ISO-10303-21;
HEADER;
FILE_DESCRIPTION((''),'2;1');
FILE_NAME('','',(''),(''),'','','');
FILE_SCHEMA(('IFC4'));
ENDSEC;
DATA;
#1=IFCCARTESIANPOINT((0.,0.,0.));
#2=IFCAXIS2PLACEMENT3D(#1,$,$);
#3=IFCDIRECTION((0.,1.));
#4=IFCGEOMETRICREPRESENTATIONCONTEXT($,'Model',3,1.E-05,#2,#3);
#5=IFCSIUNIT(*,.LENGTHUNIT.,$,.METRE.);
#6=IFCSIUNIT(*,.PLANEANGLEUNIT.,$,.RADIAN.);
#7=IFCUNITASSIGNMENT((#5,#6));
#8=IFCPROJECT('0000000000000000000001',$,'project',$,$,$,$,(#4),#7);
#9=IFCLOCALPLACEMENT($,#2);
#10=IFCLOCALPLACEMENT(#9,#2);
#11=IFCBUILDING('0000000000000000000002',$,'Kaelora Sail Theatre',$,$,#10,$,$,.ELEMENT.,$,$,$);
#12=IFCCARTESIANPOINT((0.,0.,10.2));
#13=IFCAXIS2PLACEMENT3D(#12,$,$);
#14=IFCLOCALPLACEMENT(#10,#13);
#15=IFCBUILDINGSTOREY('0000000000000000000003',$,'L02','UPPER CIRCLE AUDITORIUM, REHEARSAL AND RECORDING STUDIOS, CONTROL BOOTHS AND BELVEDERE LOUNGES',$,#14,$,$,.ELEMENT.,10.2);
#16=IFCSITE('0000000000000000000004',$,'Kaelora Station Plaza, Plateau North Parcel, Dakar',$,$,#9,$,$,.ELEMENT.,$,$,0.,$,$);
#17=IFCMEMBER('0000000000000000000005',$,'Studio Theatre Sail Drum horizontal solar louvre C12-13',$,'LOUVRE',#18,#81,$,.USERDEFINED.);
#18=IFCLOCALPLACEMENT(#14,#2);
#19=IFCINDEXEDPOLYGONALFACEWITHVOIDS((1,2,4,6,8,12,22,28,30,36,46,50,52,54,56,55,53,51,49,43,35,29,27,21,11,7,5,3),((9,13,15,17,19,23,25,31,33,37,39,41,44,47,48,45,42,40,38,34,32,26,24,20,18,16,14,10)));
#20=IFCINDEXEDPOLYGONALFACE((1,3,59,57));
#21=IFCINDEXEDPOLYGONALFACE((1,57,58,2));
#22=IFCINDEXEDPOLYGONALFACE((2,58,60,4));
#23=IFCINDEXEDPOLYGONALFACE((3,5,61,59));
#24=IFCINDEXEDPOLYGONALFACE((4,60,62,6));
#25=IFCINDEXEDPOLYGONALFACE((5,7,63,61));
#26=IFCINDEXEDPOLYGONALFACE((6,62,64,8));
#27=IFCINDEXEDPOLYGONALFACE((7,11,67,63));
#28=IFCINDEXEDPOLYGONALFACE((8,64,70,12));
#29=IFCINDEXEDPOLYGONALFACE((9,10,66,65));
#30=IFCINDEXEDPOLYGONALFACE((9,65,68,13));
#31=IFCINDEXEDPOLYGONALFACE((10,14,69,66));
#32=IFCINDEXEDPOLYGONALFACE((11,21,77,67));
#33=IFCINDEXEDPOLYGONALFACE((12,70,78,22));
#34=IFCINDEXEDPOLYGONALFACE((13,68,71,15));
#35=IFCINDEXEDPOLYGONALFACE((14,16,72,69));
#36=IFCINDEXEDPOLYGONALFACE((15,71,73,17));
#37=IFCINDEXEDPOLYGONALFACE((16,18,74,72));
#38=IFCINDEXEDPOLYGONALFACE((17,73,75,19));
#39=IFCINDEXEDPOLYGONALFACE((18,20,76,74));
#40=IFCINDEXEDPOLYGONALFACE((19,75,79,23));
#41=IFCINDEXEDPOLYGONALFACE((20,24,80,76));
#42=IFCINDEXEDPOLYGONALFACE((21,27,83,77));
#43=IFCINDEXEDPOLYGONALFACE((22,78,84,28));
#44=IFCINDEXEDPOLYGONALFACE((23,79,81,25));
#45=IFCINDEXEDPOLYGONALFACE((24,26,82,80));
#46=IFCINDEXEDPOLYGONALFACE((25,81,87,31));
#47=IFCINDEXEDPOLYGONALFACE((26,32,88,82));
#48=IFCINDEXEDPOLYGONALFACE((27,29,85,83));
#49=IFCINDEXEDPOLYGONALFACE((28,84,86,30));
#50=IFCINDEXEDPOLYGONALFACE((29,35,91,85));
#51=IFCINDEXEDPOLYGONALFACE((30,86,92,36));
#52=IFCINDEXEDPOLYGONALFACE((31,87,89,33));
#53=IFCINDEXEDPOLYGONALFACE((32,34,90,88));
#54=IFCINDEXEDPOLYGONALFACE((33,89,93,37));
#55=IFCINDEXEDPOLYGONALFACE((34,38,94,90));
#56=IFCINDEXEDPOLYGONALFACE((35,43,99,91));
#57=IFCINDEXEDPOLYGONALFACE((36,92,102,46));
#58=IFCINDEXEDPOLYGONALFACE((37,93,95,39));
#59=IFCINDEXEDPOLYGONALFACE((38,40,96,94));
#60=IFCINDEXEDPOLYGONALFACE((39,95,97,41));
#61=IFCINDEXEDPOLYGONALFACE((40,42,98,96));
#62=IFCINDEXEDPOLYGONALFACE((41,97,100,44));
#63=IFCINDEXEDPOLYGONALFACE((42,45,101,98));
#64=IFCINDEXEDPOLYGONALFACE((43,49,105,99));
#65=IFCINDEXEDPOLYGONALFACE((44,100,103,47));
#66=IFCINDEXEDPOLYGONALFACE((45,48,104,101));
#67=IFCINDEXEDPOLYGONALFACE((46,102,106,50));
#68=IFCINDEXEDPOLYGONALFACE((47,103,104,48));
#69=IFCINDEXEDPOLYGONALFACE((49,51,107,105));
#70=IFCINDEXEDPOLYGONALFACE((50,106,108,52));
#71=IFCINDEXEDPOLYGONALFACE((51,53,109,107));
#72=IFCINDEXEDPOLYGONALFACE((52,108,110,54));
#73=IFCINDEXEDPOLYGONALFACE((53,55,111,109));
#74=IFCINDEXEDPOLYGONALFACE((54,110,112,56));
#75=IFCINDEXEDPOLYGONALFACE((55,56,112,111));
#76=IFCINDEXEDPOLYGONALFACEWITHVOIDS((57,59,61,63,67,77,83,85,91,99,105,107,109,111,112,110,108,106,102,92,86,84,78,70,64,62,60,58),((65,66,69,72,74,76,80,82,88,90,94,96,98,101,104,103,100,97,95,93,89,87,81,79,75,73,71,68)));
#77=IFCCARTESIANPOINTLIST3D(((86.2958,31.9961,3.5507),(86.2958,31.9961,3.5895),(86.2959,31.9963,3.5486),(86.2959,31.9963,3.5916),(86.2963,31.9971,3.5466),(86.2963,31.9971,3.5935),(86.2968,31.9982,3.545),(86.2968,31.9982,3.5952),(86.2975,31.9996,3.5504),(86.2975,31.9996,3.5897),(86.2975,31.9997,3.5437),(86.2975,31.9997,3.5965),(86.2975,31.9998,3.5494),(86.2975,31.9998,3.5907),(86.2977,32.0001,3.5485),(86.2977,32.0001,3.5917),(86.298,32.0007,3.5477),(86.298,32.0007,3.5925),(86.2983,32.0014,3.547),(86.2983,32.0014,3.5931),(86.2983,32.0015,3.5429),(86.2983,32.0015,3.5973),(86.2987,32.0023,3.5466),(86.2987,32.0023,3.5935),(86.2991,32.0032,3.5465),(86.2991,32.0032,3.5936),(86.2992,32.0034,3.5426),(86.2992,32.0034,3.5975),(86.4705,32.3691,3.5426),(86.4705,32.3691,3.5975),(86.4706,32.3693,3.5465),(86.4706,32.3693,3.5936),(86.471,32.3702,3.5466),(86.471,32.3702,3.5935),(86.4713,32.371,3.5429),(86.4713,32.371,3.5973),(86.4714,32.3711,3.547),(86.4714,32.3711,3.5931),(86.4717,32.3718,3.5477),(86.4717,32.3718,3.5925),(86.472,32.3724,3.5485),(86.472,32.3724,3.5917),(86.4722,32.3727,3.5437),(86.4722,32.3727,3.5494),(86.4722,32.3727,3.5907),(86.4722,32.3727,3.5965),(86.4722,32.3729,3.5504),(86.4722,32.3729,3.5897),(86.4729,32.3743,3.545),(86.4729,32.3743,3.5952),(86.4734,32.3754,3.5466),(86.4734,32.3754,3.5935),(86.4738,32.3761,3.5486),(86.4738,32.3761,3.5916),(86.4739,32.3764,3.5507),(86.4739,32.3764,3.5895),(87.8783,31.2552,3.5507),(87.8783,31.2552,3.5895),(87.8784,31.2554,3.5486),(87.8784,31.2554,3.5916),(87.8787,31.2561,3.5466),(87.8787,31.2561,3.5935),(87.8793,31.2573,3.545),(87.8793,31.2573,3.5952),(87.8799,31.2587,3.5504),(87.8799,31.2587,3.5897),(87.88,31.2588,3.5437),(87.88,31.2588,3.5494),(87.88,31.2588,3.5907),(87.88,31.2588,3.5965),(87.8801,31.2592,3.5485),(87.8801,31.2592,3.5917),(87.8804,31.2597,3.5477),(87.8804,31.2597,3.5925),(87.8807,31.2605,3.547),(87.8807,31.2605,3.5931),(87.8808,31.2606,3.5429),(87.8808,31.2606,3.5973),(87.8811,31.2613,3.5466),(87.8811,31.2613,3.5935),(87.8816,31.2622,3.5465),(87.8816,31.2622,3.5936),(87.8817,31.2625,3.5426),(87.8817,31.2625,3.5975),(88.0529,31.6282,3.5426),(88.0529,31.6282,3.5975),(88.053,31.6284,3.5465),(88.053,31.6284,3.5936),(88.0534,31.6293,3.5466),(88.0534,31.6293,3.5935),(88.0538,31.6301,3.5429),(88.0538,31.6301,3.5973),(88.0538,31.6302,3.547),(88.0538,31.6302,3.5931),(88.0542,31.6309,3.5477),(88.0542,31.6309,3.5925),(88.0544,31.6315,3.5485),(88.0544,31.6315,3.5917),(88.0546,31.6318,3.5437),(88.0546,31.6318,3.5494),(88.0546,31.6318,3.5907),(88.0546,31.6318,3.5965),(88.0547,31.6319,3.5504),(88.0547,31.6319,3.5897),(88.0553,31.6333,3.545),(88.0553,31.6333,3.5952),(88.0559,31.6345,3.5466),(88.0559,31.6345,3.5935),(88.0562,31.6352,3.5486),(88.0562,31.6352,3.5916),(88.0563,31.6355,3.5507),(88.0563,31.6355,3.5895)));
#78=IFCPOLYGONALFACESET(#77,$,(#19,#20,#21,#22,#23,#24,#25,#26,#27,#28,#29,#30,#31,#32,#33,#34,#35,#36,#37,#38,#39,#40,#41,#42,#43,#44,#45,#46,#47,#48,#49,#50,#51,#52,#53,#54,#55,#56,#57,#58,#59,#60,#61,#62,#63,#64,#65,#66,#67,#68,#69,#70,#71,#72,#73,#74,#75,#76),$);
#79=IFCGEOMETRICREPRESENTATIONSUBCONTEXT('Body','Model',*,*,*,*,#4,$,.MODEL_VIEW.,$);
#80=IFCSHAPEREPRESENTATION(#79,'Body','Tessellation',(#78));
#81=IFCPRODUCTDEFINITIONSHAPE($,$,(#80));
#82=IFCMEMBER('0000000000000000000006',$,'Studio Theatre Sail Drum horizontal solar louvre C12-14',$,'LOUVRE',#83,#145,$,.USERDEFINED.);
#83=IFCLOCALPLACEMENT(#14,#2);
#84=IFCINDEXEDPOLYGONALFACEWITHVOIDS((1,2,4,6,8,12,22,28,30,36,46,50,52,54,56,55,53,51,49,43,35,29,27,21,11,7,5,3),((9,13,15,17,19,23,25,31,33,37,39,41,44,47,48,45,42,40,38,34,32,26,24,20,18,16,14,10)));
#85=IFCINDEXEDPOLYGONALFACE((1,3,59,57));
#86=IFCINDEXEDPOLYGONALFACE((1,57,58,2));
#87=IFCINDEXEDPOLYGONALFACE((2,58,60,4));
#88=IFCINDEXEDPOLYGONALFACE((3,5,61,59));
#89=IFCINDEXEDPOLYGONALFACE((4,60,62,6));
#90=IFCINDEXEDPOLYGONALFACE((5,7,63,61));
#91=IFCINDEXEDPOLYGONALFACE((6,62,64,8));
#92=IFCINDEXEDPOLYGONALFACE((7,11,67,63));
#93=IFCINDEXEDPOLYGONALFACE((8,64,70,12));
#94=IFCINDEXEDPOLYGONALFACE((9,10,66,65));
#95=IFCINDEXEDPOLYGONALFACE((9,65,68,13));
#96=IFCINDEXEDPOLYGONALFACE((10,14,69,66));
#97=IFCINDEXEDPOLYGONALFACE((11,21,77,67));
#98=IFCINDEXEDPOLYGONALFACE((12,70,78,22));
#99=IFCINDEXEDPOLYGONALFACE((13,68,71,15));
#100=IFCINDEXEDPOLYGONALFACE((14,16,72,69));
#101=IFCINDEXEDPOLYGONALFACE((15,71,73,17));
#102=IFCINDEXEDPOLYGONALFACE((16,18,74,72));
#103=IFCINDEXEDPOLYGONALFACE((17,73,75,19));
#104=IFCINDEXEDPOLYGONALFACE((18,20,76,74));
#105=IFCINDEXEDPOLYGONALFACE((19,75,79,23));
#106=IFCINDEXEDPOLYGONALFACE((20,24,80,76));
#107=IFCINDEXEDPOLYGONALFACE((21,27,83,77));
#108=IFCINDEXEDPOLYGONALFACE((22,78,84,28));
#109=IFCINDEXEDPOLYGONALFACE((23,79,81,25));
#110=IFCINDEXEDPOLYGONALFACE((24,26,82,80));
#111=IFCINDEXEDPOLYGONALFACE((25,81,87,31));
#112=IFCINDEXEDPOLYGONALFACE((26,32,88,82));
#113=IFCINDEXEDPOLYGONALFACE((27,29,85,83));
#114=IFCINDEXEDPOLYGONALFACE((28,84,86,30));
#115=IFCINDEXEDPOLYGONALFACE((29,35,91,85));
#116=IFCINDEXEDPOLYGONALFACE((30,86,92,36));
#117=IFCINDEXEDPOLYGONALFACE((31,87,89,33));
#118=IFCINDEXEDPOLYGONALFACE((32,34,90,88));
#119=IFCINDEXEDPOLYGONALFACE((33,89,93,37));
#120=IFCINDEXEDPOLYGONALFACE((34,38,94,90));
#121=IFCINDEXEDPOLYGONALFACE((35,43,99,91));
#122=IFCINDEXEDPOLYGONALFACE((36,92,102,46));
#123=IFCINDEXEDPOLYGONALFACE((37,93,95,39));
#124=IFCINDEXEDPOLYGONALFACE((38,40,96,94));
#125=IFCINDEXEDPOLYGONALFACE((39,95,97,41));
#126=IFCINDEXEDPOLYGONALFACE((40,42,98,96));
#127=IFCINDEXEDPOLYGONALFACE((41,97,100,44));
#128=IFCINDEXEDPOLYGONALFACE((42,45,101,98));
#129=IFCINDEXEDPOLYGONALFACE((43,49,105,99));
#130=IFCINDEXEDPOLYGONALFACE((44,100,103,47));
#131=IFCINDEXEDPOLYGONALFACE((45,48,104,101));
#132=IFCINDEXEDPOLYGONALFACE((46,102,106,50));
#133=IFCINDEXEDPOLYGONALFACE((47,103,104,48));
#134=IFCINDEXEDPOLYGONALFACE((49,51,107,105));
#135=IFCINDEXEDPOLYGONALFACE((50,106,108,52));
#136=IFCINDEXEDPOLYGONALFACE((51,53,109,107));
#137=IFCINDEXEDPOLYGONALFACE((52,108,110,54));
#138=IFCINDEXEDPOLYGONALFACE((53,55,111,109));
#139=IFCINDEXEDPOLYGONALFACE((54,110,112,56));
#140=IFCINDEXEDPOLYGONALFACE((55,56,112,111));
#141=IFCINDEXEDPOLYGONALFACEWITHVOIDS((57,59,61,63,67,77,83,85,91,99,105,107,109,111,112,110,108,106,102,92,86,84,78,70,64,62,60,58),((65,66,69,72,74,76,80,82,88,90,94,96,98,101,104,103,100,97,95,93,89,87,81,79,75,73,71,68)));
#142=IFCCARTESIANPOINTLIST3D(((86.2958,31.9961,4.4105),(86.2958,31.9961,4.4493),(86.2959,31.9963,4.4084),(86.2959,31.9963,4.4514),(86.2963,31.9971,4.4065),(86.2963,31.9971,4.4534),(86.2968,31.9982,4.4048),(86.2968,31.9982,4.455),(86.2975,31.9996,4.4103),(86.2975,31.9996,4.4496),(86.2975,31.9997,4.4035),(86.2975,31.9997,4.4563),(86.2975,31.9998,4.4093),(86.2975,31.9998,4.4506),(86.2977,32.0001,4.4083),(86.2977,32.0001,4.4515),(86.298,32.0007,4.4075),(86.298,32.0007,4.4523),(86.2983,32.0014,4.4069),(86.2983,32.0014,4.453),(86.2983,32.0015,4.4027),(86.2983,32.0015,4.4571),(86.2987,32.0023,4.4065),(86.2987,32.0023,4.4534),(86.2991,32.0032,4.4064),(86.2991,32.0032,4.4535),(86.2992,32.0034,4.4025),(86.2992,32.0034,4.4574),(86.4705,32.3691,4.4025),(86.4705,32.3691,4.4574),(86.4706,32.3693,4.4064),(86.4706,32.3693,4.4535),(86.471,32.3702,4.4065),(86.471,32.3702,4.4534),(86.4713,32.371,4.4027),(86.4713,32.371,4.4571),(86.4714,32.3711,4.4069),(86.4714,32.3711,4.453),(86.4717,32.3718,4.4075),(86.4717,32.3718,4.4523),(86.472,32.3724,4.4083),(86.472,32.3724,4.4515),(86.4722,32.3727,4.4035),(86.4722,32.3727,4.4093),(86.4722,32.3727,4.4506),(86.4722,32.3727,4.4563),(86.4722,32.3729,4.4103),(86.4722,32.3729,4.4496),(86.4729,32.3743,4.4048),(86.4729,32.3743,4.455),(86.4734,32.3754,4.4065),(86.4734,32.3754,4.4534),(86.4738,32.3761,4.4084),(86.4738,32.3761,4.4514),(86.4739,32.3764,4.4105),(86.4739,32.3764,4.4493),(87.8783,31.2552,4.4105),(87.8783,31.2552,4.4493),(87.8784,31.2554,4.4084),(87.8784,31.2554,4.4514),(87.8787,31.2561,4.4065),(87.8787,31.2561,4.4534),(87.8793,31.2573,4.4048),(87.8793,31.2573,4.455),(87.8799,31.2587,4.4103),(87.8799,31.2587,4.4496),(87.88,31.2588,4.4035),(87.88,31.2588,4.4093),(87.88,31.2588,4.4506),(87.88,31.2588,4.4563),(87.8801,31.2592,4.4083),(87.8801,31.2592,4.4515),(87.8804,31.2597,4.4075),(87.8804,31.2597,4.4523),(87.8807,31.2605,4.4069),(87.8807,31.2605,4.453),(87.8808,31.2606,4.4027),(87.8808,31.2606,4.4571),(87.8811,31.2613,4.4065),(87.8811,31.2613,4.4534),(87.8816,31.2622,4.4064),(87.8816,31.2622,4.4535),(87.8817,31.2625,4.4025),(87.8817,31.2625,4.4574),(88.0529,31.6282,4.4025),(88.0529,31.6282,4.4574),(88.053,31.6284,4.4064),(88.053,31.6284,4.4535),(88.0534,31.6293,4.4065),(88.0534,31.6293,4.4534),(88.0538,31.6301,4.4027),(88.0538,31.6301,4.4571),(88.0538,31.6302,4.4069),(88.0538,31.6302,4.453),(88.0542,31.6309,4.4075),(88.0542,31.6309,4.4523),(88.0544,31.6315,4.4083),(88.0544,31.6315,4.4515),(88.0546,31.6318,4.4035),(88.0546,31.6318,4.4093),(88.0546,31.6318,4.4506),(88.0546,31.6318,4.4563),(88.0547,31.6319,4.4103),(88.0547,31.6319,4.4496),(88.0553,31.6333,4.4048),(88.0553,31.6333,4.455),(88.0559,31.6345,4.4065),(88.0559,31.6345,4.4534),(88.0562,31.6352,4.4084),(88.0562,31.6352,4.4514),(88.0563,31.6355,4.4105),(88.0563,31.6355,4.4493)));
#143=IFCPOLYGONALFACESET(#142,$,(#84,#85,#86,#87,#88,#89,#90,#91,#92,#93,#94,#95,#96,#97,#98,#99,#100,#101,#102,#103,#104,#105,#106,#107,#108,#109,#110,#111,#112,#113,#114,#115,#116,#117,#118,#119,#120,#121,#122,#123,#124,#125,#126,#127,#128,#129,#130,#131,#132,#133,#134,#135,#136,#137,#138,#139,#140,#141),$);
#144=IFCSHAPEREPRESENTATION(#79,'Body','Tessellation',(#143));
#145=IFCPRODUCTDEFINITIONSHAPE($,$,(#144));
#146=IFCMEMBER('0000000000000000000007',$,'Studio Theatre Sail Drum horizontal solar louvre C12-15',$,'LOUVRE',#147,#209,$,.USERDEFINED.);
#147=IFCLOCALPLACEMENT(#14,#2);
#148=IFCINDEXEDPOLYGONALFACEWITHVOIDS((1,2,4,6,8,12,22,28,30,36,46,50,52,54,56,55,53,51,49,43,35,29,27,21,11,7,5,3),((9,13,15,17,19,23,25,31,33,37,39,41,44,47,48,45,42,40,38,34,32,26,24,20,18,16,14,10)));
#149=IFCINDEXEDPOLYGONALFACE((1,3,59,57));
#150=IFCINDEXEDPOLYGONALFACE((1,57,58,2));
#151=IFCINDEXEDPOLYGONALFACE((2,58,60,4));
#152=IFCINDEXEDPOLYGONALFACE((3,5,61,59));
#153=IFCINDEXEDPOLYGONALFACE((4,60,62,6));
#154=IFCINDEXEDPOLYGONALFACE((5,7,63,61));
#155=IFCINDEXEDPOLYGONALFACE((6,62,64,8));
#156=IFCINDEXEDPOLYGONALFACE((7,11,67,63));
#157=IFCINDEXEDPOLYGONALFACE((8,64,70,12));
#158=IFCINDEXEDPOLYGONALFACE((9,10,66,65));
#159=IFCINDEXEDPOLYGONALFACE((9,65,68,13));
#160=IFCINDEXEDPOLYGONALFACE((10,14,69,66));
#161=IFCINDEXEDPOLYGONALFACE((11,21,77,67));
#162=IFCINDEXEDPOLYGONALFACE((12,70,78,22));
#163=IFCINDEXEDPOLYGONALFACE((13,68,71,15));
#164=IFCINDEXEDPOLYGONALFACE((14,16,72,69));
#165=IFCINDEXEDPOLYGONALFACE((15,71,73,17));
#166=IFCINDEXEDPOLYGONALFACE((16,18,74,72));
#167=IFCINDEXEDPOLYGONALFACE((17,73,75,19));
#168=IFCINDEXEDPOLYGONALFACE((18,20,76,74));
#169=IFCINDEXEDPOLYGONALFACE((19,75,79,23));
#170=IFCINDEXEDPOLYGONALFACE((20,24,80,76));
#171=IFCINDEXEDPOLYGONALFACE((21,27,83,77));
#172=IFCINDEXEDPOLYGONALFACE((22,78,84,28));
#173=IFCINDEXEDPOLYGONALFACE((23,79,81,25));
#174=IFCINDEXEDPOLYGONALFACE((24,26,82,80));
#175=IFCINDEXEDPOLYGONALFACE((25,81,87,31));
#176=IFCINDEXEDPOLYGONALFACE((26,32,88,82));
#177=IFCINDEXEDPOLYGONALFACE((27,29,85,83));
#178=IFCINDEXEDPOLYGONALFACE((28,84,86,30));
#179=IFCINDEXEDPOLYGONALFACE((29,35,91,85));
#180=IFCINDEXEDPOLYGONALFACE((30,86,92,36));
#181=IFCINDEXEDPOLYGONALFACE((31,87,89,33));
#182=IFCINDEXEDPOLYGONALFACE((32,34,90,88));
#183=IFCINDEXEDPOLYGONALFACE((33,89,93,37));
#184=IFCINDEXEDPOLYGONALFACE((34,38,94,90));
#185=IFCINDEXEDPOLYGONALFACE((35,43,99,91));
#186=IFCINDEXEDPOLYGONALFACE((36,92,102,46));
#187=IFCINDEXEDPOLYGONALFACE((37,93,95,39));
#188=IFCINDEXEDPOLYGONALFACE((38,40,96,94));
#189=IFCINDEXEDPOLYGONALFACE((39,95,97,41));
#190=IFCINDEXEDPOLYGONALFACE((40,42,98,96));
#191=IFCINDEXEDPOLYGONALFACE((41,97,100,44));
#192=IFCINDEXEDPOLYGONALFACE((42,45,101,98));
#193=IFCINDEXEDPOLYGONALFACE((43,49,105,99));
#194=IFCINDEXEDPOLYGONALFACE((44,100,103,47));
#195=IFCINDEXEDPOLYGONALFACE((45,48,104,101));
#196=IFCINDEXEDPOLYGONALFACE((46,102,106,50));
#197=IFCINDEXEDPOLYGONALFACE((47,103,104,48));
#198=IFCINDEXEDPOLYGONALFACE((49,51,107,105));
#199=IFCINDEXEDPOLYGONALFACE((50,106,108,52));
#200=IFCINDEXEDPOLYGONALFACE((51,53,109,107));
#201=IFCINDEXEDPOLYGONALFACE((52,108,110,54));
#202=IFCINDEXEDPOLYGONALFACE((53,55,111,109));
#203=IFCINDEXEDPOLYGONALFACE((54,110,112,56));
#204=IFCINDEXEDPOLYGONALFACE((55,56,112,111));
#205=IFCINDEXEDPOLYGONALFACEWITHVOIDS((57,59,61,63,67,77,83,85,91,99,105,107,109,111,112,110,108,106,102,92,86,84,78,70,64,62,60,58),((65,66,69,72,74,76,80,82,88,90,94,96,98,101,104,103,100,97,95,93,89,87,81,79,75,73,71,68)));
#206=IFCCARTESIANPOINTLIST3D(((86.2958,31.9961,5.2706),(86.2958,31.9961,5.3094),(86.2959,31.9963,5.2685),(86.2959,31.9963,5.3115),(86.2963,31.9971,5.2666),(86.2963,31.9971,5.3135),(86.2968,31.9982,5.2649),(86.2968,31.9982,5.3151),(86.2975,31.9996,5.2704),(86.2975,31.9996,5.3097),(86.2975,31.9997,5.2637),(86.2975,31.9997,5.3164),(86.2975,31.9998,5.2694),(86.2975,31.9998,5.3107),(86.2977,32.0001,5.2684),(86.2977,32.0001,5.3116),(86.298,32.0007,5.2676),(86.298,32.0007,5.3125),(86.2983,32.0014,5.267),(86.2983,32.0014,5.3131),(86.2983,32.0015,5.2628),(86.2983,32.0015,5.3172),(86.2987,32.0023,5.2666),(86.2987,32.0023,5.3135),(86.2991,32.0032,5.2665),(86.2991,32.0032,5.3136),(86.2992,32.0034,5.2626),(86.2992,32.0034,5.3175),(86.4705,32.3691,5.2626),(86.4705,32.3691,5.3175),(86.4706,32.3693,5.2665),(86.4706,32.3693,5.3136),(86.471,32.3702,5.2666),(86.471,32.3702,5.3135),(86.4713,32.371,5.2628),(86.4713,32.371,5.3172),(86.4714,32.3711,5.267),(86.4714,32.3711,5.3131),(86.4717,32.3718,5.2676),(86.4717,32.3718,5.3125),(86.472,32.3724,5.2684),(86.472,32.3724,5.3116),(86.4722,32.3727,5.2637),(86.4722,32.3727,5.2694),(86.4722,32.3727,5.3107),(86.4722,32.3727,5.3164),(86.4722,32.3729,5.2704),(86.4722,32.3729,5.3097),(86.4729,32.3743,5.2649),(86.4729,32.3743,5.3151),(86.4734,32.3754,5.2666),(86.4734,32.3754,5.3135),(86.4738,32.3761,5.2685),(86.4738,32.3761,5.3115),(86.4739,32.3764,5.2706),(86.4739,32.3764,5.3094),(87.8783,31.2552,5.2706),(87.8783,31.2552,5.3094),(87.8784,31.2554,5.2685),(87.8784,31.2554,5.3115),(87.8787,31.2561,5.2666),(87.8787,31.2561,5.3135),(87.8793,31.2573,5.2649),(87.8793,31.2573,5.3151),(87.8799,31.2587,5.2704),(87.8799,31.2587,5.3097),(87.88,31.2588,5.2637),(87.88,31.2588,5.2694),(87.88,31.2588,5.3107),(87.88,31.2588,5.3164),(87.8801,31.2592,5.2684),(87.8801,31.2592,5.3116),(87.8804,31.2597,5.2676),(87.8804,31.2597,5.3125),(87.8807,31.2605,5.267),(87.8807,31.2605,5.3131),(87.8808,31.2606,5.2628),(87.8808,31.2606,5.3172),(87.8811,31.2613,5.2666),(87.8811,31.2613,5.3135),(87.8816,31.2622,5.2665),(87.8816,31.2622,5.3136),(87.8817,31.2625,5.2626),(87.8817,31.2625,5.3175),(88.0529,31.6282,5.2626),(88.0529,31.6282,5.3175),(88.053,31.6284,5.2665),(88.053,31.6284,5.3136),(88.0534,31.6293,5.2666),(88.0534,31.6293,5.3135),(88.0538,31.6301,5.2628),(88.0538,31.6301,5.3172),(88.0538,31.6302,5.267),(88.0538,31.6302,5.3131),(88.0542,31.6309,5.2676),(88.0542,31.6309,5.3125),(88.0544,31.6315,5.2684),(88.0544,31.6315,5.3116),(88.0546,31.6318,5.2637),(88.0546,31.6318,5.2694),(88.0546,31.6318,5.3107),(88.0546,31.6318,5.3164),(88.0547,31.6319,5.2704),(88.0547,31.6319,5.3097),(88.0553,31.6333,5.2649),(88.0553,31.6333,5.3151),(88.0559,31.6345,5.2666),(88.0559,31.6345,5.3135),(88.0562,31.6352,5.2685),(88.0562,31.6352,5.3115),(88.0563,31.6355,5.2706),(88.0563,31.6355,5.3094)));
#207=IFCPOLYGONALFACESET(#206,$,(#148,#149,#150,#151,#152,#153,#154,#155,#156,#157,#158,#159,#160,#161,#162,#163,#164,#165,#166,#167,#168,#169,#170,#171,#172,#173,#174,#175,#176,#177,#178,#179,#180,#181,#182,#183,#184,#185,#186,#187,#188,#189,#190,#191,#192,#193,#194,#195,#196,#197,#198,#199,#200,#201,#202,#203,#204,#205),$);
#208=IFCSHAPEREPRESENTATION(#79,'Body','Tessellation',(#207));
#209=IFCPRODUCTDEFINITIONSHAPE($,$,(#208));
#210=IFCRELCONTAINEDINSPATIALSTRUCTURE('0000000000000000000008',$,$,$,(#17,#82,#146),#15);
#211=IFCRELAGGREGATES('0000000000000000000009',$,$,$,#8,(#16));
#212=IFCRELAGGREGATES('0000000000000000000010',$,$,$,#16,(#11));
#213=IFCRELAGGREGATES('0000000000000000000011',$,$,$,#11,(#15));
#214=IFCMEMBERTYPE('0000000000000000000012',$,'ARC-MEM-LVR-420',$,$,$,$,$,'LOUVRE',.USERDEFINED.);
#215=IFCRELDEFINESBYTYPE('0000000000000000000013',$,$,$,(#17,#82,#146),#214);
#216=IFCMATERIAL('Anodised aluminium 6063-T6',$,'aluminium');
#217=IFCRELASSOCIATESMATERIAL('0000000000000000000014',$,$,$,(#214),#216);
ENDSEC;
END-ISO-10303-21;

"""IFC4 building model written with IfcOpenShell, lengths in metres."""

from ifc_helpers import new_model, si_unit, direction, frame, origin, origin_2d, place, context, subcontext, project, spatial, hollow_rectangle, extrude, material, material_profile, profile_set, type_object, element, save


model = new_model("IFC4")

# Units and contexts
model_context = context("Model", 3, precision=1e-05, world=origin(), true_north=direction((0.0, 1.0)))
body_context = subcontext(model_context, "Body", "Model", "MODEL_VIEW")
ifc_project = project(units=[si_unit("LENGTHUNIT", "METRE"), si_unit("PLANEANGLEUNIT", "RADIAN")], contexts=[model_context])

# Site, building, storey
site_placement = place(None, origin())
site = spatial("IfcSite", under=ifc_project, at=site_placement, Name="Kaelora Station Plaza, Plateau North Parcel, Dakar", CompositionType="ELEMENT", RefElevation=0.0)
building_placement = place(site_placement, origin())
building = spatial("IfcBuilding", under=site, at=building_placement, Name="Kaelora Sail Theatre", CompositionType="ELEMENT")
storey_placement = place(building_placement, frame((0.0, 0.0, 10.2)))
storey = spatial("IfcBuildingStorey", under=building, at=storey_placement, Name="L02", Description="UPPER CIRCLE AUDITORIUM, REHEARSAL AND RECORDING STUDIOS, CONTROL BOOTHS AND BELVEDERE LOUNGES", CompositionType="ELEMENT", Elevation=10.2)

# Members
ifc_material_1 = material(Name="Anodised aluminium 6063-T6", Category="aluminium")
ifc_material_profile_1 = material_profile(ifc_material_1, hollow_rectangle(XDim=0.4199, YDim=0.0549, WallThickness=0.0039, InnerFilletRadius=0.0039, OuterFilletRadius=0.0081, at=origin_2d()), Name="LOUVRE 420x55x4")
ifc_profile_set_1 = profile_set([ifc_material_profile_1], Name="Anodised aluminium 6063-T6")
member_type = type_object("IfcMemberType", Name="ARC-MEM-LVR-420", ElementType="LOUVRE", PredefinedType="USERDEFINED", material=ifc_profile_set_1)
for number, where, z_axis, x_axis, name in (
    (1, (87.9673, 31.4453, 3.5701), (-0.905643, 0.42404, 0.0), (-0.42404, -0.905643, 0.0), "Studio Theatre Sail Drum horizontal solar louvre C12-13"),
    (2, (87.9673, 31.4453, 4.4299), (-0.905643, 0.42404, 0.0), (-0.42404, -0.905643, 0.0), "Studio Theatre Sail Drum horizontal solar louvre C12-14"),
    (3, (87.9673, 31.4453, 5.29), (-0.905643, 0.42404, 0.0), (-0.42404, -0.905643, 0.0), "Studio Theatre Sail Drum horizontal solar louvre C12-15"),
):
    element("IfcMember", number, at=place(storey_placement, frame(where, z_axis=z_axis, x_axis=x_axis)), inside=storey, type_object=member_type, Name=name, ObjectType="LOUVRE", PredefinedType="USERDEFINED", context=body_context, shape_type="SweptSolid", body=[
        extrude(hollow_rectangle(XDim=0.4199, YDim=0.0549, WallThickness=0.0039, InnerFilletRadius=0.0039, OuterFilletRadius=0.0081, at=origin_2d()), origin(), (0.0, 0.0, 1.0), 1.7473),
    ])

save(model, "model.ifc")
